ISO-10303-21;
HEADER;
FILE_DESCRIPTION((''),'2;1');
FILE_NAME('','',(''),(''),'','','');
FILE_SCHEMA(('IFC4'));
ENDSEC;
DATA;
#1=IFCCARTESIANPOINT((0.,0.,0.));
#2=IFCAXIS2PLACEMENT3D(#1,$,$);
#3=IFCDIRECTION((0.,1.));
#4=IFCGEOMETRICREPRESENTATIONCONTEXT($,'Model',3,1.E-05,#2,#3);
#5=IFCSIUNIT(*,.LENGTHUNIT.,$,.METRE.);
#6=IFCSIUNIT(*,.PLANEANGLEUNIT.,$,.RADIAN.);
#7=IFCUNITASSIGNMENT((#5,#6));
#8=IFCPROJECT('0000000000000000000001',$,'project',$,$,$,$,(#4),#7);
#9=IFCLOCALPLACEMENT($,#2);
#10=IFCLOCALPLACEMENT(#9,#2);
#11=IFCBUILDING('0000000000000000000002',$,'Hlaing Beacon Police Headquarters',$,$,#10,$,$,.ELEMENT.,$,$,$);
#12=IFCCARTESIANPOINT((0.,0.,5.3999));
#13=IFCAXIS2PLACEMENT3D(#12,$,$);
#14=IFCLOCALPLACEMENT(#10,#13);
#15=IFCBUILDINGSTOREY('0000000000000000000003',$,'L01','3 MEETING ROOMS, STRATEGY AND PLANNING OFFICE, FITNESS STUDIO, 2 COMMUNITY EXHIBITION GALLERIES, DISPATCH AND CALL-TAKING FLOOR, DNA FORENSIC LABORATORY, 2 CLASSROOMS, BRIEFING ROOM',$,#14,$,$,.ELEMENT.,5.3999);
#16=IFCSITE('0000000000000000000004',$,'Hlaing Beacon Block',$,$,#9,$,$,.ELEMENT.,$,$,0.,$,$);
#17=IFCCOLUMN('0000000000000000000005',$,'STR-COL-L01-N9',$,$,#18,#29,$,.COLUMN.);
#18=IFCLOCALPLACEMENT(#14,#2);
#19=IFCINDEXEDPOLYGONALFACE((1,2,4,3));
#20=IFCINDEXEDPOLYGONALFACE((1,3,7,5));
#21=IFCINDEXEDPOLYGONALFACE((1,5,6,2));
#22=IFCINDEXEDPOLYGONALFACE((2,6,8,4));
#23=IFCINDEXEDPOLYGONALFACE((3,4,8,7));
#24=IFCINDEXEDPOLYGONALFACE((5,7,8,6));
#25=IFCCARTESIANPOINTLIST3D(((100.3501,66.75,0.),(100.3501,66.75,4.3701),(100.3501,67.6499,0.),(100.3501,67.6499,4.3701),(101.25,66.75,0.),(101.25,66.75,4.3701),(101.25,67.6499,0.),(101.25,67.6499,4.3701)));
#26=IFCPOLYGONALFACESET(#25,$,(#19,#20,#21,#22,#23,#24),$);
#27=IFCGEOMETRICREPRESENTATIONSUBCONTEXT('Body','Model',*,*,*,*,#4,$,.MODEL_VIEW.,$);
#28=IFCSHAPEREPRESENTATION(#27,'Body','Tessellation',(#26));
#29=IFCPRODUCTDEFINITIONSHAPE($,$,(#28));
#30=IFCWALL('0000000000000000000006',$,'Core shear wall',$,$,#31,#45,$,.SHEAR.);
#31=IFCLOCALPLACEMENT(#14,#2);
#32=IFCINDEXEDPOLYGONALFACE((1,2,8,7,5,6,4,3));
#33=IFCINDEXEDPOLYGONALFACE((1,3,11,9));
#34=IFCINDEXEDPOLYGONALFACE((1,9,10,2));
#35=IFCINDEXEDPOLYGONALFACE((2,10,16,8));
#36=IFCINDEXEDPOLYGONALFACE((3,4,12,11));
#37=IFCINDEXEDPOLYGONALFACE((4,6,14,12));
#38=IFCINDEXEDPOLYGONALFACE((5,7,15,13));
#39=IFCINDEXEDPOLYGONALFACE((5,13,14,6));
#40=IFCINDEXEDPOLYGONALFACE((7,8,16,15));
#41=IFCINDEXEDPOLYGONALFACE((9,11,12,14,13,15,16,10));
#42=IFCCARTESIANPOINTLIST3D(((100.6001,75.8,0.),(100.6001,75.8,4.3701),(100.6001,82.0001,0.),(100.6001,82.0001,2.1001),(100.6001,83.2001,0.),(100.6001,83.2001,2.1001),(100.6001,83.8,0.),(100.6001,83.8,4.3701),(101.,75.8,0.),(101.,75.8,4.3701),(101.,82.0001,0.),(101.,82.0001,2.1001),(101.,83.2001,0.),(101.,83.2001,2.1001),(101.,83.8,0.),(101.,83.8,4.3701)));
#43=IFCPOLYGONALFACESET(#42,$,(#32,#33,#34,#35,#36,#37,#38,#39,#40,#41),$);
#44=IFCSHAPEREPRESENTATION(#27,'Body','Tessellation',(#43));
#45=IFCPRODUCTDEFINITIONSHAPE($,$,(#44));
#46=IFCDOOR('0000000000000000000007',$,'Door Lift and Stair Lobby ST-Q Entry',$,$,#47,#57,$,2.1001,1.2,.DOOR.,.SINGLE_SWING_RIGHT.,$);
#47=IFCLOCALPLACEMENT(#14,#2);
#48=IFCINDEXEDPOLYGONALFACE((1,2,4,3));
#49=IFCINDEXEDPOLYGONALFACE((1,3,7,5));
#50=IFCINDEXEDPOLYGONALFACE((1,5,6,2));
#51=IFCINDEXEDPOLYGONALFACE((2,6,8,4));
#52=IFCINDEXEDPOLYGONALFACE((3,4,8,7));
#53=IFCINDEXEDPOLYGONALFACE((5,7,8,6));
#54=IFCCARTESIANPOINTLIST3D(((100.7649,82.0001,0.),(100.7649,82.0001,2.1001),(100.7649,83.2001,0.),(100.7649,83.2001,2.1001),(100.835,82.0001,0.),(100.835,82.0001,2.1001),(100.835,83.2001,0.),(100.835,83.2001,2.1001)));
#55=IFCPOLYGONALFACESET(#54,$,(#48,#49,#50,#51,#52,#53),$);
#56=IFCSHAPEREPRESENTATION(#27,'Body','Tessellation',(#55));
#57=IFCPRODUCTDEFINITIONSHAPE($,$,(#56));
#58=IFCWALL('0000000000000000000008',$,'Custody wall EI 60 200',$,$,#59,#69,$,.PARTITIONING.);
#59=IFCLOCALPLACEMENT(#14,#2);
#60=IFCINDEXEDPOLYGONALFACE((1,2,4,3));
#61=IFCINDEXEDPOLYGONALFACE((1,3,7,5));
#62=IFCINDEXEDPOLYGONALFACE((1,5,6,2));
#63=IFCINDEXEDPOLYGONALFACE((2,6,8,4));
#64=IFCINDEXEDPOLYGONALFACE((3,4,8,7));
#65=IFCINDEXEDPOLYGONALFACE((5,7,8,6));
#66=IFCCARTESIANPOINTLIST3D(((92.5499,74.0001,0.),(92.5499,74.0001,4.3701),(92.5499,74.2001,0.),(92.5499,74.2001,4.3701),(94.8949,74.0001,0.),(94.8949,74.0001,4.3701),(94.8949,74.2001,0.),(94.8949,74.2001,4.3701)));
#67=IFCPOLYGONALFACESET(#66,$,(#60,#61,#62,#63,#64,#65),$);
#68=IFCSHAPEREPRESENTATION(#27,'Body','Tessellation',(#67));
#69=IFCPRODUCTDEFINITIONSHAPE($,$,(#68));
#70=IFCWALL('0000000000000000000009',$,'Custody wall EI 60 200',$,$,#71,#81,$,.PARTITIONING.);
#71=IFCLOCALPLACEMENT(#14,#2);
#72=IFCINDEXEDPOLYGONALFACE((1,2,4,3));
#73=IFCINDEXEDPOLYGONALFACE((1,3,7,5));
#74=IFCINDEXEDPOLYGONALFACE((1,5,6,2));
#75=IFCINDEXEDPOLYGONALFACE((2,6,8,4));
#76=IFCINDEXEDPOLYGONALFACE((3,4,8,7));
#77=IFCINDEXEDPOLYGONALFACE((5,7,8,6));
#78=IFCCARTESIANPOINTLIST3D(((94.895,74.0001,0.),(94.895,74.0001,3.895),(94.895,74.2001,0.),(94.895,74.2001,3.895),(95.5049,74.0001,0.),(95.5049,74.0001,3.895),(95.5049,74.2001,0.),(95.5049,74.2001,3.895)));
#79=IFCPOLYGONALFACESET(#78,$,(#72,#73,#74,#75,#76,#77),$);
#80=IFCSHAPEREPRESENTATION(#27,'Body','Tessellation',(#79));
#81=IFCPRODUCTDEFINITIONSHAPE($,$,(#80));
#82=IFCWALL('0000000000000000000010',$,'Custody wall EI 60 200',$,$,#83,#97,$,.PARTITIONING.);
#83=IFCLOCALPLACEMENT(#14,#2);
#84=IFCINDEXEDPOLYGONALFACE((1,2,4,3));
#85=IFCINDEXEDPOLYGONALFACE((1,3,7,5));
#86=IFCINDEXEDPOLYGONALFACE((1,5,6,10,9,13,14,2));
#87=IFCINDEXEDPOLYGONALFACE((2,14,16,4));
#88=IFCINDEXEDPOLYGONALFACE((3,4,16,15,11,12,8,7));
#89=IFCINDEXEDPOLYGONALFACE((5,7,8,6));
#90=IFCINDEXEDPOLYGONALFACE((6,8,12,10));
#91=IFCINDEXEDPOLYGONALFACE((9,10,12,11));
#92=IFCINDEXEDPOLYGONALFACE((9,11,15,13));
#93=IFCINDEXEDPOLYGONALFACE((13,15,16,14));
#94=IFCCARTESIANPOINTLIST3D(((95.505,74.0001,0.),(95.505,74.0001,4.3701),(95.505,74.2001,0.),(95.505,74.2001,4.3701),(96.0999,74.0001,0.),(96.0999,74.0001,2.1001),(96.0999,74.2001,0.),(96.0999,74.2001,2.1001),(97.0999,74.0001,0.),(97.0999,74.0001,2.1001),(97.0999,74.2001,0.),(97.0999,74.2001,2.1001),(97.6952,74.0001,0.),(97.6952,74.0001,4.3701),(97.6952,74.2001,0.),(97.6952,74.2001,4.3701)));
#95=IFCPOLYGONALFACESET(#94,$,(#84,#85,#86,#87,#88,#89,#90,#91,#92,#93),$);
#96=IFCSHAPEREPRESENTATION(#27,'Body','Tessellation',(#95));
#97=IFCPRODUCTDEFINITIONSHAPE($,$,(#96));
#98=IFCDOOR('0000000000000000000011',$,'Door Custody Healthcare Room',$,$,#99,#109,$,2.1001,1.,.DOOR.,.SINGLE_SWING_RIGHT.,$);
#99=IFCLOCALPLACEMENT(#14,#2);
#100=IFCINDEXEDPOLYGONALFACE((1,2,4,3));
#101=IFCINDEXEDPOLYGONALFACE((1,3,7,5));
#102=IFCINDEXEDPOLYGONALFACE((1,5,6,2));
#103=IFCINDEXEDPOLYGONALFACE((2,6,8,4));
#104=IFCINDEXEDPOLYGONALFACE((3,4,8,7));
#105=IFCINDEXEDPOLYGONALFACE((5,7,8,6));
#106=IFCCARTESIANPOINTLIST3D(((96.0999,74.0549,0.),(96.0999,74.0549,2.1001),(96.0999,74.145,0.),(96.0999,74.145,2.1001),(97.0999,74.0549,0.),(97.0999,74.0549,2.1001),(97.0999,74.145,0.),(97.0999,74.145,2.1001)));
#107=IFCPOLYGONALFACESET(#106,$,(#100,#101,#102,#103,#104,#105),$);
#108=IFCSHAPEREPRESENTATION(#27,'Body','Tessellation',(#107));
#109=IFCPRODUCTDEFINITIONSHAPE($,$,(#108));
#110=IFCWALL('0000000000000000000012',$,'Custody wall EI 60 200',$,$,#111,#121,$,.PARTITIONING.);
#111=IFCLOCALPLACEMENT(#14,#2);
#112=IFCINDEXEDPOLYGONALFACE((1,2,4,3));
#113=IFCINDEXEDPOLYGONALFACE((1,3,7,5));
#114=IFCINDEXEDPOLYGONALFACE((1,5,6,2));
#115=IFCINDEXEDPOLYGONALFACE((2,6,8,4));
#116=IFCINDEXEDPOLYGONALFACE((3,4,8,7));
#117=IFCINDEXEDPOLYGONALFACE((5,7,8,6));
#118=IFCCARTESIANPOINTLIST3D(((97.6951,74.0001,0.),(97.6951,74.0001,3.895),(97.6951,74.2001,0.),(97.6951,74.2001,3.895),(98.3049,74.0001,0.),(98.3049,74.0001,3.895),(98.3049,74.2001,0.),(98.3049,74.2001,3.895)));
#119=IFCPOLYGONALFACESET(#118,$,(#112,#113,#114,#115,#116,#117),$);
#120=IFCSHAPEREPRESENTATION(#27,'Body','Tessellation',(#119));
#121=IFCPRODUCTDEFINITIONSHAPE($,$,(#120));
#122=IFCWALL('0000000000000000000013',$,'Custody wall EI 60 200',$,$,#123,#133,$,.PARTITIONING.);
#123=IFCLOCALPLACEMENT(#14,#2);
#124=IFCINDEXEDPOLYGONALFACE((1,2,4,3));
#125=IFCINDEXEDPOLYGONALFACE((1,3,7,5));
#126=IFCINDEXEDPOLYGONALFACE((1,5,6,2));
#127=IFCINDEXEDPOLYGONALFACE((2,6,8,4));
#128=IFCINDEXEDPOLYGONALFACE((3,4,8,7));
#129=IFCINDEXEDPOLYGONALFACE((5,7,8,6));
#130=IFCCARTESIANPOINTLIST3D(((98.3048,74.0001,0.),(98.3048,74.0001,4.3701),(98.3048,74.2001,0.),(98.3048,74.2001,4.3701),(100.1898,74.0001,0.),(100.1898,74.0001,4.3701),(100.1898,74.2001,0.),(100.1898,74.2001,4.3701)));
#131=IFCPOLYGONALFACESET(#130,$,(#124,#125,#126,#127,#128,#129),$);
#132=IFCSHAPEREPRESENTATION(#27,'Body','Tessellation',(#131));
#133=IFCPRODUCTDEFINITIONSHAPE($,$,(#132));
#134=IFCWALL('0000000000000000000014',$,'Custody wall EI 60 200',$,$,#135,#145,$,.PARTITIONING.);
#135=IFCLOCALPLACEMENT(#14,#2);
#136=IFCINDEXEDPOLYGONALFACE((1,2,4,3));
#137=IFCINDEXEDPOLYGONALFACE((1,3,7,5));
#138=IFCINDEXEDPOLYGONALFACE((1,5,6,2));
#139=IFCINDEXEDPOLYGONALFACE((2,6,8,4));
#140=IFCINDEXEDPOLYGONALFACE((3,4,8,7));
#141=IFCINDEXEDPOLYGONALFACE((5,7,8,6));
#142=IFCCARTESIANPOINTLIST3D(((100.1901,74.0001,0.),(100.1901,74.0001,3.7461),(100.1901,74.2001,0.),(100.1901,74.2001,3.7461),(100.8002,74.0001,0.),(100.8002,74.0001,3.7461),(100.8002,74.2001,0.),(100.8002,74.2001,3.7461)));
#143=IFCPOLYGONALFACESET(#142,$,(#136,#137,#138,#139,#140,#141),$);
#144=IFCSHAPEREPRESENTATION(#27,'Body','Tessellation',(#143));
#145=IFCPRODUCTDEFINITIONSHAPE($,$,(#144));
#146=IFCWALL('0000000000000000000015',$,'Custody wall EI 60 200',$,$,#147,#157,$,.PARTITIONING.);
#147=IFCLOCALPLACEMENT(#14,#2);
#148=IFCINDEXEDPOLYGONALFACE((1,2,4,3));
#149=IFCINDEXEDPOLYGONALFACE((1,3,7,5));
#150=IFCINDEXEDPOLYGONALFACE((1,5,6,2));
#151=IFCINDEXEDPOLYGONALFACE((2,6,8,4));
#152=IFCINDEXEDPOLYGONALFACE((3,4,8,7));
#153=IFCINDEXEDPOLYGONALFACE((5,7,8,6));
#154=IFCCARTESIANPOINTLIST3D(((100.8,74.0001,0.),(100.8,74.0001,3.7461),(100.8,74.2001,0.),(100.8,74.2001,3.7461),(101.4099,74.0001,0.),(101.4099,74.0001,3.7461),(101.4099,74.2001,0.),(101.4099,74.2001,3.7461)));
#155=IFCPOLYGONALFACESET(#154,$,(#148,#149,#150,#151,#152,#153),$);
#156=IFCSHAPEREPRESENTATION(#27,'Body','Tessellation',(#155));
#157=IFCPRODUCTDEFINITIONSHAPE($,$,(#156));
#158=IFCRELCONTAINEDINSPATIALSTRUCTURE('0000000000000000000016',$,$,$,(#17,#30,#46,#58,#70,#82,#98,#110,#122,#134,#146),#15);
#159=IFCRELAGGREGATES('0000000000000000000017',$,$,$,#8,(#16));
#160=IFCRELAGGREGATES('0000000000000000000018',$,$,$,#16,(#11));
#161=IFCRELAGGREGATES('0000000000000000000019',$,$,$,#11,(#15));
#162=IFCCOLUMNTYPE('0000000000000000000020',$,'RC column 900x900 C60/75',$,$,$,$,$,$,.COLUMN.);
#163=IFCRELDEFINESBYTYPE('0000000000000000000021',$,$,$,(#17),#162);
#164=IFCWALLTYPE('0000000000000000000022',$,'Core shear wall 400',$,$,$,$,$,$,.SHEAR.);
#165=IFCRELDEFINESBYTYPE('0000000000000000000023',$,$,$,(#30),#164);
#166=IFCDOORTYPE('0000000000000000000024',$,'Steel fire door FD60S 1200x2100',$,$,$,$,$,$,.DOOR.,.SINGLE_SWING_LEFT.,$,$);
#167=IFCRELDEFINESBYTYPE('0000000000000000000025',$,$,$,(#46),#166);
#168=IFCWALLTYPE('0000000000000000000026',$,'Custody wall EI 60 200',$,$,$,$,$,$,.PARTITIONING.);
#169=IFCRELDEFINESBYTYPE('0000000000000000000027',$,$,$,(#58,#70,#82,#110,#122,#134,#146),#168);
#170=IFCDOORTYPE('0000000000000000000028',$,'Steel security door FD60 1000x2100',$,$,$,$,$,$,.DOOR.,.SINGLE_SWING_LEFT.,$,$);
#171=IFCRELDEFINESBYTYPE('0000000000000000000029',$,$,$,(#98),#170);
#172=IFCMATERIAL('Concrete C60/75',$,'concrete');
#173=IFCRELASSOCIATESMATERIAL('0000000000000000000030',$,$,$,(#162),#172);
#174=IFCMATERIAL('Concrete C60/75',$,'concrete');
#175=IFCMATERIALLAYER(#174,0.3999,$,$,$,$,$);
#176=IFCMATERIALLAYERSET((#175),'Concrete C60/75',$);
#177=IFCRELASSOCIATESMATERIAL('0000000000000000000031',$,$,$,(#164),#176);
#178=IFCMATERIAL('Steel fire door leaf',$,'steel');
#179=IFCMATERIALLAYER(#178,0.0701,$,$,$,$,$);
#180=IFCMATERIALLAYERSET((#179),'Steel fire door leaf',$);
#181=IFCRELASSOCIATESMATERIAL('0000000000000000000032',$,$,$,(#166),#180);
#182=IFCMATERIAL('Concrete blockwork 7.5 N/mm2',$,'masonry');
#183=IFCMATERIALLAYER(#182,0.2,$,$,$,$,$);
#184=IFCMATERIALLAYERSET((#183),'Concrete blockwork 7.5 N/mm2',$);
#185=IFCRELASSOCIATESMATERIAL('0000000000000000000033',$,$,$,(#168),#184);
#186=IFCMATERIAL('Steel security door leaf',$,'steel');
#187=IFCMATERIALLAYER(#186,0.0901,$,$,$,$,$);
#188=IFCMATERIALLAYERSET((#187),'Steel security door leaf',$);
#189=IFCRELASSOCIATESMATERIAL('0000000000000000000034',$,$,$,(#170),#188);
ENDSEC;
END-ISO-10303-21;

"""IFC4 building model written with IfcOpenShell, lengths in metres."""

from ifc_helpers import new_model, si_unit, direction, frame, frame_2d, origin, origin_2d, place, context, subcontext, project, spatial, rectangle, extrude, material, layer, layer_set, material_profile, profile_set, type_object, element, fill, save


model = new_model("IFC4")

# Units and contexts
model_context = context("Model", 3, precision=1e-05, world=origin(), true_north=direction((0.0, 1.0)))
body_context = subcontext(model_context, "Body", "Model", "MODEL_VIEW")
ifc_project = project(units=[si_unit("LENGTHUNIT", "METRE"), si_unit("PLANEANGLEUNIT", "RADIAN")], contexts=[model_context])

# Site, building, storey
site_placement = place(None, origin())
site = spatial("IfcSite", under=ifc_project, at=site_placement, Name="Hlaing Beacon Block", CompositionType="ELEMENT", RefElevation=0.0)
building_placement = place(site_placement, origin())
building = spatial("IfcBuilding", under=site, at=building_placement, Name="Hlaing Beacon Police Headquarters", CompositionType="ELEMENT")
storey_placement = place(building_placement, frame((0.0, 0.0, 5.3999)))
storey = spatial("IfcBuildingStorey", under=building, at=storey_placement, Name="L01", Description="3 MEETING ROOMS, STRATEGY AND PLANNING OFFICE, FITNESS STUDIO, 2 COMMUNITY EXHIBITION GALLERIES, DISPATCH AND CALL-TAKING FLOOR, DNA FORENSIC LABORATORY, 2 CLASSROOMS, BRIEFING ROOM", CompositionType="ELEMENT", Elevation=5.3999)

# Column
ifc_material_1 = material(Name="Concrete C60/75", Category="concrete")
ifc_material_profile = material_profile(ifc_material_1, rectangle(XDim=0.8999, YDim=0.8999, at=origin_2d()), Name="900x900")
ifc_profile_set = profile_set([ifc_material_profile], Name="Concrete C60/75")
column_type = type_object("IfcColumnType", Name="RC column 900x900 C60/75", PredefinedType="COLUMN", material=ifc_profile_set)
column_placement = place(storey_placement, frame((100.8, 67.2, 0.0), z_axis=(0.0, 0.0, 1.0), x_axis=(1.0, 0.0, 0.0)))
element("IfcColumn", 1, at=column_placement, inside=storey, type_object=column_type, Name="STR-COL-L01-N9", PredefinedType="COLUMN", context=body_context, shape_type="SweptSolid", body=[
    extrude(rectangle(XDim=0.8999, YDim=0.8999, at=origin_2d()), origin(), (0.0, 0.0, 1.0), 4.3701),
])

# Wall, opening, door
ifc_material_2 = material(Name="Concrete C60/75", Category="concrete")
ifc_layer_1 = layer(ifc_material_2, 0.3999)
ifc_layer_set_1 = layer_set([ifc_layer_1], Name="Concrete C60/75")
wall_type_1 = type_object("IfcWallType", Name="Core shear wall 400", PredefinedType="SHEAR", material=ifc_layer_set_1)
wall_1_placement = place(storey_placement, frame((100.8, 75.8, 0.0), z_axis=(0.0, 0.0, 1.0), x_axis=(0.0, 1.0, 0.0)))
wall_1 = element("IfcWall", 2, at=wall_1_placement, inside=storey, type_object=wall_type_1, Name="Core shear wall", PredefinedType="SHEAR", context=body_context, shape_type="SweptSolid", body=[
    extrude(rectangle(XDim=8.0, YDim=0.3999, at=frame_2d((4.0, 0.0))), origin(), (0.0, 0.0, 1.0), 4.3701),
])
opening_1_placement = place(wall_1_placement, frame((6.2, 0.0, 0.0)))
opening_1 = element("IfcOpeningElement", 3, at=opening_1_placement, cuts=wall_1, PredefinedType="OPENING", context=body_context, shape_type="SweptSolid", body=[
    extrude(rectangle(XDim=1.2, YDim=2.1001, at=frame_2d((0.6001, 1.05))), frame((0.0, 0.21, 0.0), z_axis=(0.0, -1.0, 0.0), x_axis=(1.0, 0.0, 0.0)), (0.0, 0.0, 1.0), 0.4199),
])
ifc_material_3 = material(Name="Steel fire door leaf", Category="steel")
ifc_layer_2 = layer(ifc_material_3, 0.0701)
ifc_layer_set_2 = layer_set([ifc_layer_2], Name="Steel fire door leaf")
door_type_1 = type_object("IfcDoorType", Name="Steel fire door FD60S 1200x2100", OperationType="SINGLE_SWING_LEFT", PredefinedType="DOOR", material=ifc_layer_set_2)
door_1_placement = place(opening_1_placement, origin())
door_1 = element("IfcDoor", 4, at=door_1_placement, inside=storey, type_object=door_type_1, Name="Door Lift and Stair Lobby ST-Q Entry", OperationType="SINGLE_SWING_RIGHT", OverallHeight=2.1001, OverallWidth=1.2, PredefinedType="DOOR", context=body_context, shape_type="SweptSolid", body=[
    extrude(rectangle(XDim=1.2, YDim=2.1001, at=frame_2d((0.6001, 1.05))), frame((0.0, 0.0352, 0.0), z_axis=(0.0, -1.0, 0.0), x_axis=(1.0, 0.0, 0.0)), (0.0, 0.0, 1.0), 0.0701),
])
fill(opening_1, door_1)

# Walls
ifc_material_4 = material(Name="Concrete blockwork 7.5 N/mm2", Category="masonry")
ifc_layer_3 = layer(ifc_material_4, 0.2)
ifc_layer_set_3 = layer_set([ifc_layer_3], Name="Concrete blockwork 7.5 N/mm2")
wall_type_2 = type_object("IfcWallType", Name="Custody wall EI 60 200", PredefinedType="PARTITIONING", material=ifc_layer_set_3)
wall_2_placement = place(storey_placement, frame((92.55, 74.1001, 0.0), z_axis=(0.0, 0.0, 1.0), x_axis=(1.0, 0.0, 0.0)))
element("IfcWall", 5, at=wall_2_placement, inside=storey, type_object=wall_type_2, Name="Custody wall EI 60 200", PredefinedType="PARTITIONING", context=body_context, shape_type="SweptSolid", body=[
    extrude(rectangle(XDim=2.345, YDim=0.2, at=frame_2d((1.1724, 0.0))), origin(), (0.0, 0.0, 1.0), 4.3701),
])
wall_3_placement = place(storey_placement, frame((94.895, 74.1001, 0.0), z_axis=(0.0, 0.0, 1.0), x_axis=(1.0, 0.0, 0.0)))
element("IfcWall", 6, at=wall_3_placement, inside=storey, type_object=wall_type_2, Name="Custody wall EI 60 200", PredefinedType="PARTITIONING", context=body_context, shape_type="SweptSolid", body=[
    extrude(rectangle(XDim=0.6099, YDim=0.2, at=frame_2d((0.3049, 0.0))), origin(), (0.0, 0.0, 1.0), 3.895),
])

# Wall, opening, door
wall_4_placement = place(storey_placement, frame((95.5049, 74.1001, 0.0), z_axis=(0.0, 0.0, 1.0), x_axis=(1.0, 0.0, 0.0)))
wall_4 = element("IfcWall", 7, at=wall_4_placement, inside=storey, type_object=wall_type_2, Name="Custody wall EI 60 200", PredefinedType="PARTITIONING", context=body_context, shape_type="SweptSolid", body=[
    extrude(rectangle(XDim=2.1902, YDim=0.2, at=frame_2d((1.0952, 0.0))), origin(), (0.0, 0.0, 1.0), 4.3701),
])
opening_2_placement = place(wall_4_placement, frame((0.595, 0.0, 0.0)))
opening_2 = element("IfcOpeningElement", 8, at=opening_2_placement, cuts=wall_4, PredefinedType="OPENING", context=body_context, shape_type="SweptSolid", body=[
    extrude(rectangle(XDim=1.0, YDim=2.1001, at=frame_2d((0.5, 1.05))), frame((0.0, 0.1099, 0.0), z_axis=(0.0, -1.0, 0.0), x_axis=(1.0, 0.0, 0.0)), (0.0, 0.0, 1.0), 0.22),
])
ifc_material_5 = material(Name="Steel security door leaf", Category="steel")
ifc_layer_4 = layer(ifc_material_5, 0.0901)
ifc_layer_set_4 = layer_set([ifc_layer_4], Name="Steel security door leaf")
door_type_2 = type_object("IfcDoorType", Name="Steel security door FD60 1000x2100", OperationType="SINGLE_SWING_LEFT", PredefinedType="DOOR", material=ifc_layer_set_4)
door_2_placement = place(opening_2_placement, frame((1.0, 0.0, 0.0), z_axis=(0.0, 0.0, 1.0), x_axis=(-1.0, 0.0, 0.0)))
door_2 = element("IfcDoor", 9, at=door_2_placement, inside=storey, type_object=door_type_2, Name="Door Custody Healthcare Room", OperationType="SINGLE_SWING_RIGHT", OverallHeight=2.1001, OverallWidth=1.0, PredefinedType="DOOR", context=body_context, shape_type="SweptSolid", body=[
    extrude(rectangle(XDim=1.0, YDim=2.1001, at=frame_2d((0.5, 1.05))), frame((0.0, 0.0452, 0.0), z_axis=(0.0, -1.0, 0.0), x_axis=(1.0, 0.0, 0.0)), (0.0, 0.0, 1.0), 0.0901),
])
fill(opening_2, door_2)

# Walls
wall_5_placement = place(storey_placement, frame((97.6951, 74.1001, 0.0), z_axis=(0.0, 0.0, 1.0), x_axis=(1.0, 0.0, 0.0)))
element("IfcWall", 10, at=wall_5_placement, inside=storey, type_object=wall_type_2, Name="Custody wall EI 60 200", PredefinedType="PARTITIONING", context=body_context, shape_type="SweptSolid", body=[
    extrude(rectangle(XDim=0.6099, YDim=0.2, at=frame_2d((0.3049, 0.0))), origin(), (0.0, 0.0, 1.0), 3.895),
])
wall_6_placement = place(storey_placement, frame((98.3049, 74.1001, 0.0), z_axis=(0.0, 0.0, 1.0), x_axis=(1.0, 0.0, 0.0)))
element("IfcWall", 11, at=wall_6_placement, inside=storey, type_object=wall_type_2, Name="Custody wall EI 60 200", PredefinedType="PARTITIONING", context=body_context, shape_type="SweptSolid", body=[
    extrude(rectangle(XDim=1.885, YDim=0.2, at=frame_2d((0.9424, 0.0))), origin(), (0.0, 0.0, 1.0), 4.3701),
])
wall_7_placement = place(storey_placement, frame((100.1899, 74.1001, 0.0), z_axis=(0.0, 0.0, 1.0), x_axis=(1.0, 0.0, 0.0)))
element("IfcWall", 12, at=wall_7_placement, inside=storey, type_object=wall_type_2, Name="Custody wall EI 60 200", PredefinedType="PARTITIONING", context=body_context, shape_type="SweptSolid", body=[
    extrude(rectangle(XDim=0.6101, YDim=0.2, at=frame_2d((0.3052, 0.0))), origin(), (0.0, 0.0, 1.0), 3.7461),
])
wall_8_placement = place(storey_placement, frame((100.8, 74.1001, 0.0), z_axis=(0.0, 0.0, 1.0), x_axis=(1.0, 0.0, 0.0)))
element("IfcWall", 13, at=wall_8_placement, inside=storey, type_object=wall_type_2, Name="Custody wall EI 60 200", PredefinedType="PARTITIONING", context=body_context, shape_type="SweptSolid", body=[
    extrude(rectangle(XDim=0.6099, YDim=0.2, at=frame_2d((0.3049, 0.0))), origin(), (0.0, 0.0, 1.0), 3.7461),
])

save(model, "model.ifc")
